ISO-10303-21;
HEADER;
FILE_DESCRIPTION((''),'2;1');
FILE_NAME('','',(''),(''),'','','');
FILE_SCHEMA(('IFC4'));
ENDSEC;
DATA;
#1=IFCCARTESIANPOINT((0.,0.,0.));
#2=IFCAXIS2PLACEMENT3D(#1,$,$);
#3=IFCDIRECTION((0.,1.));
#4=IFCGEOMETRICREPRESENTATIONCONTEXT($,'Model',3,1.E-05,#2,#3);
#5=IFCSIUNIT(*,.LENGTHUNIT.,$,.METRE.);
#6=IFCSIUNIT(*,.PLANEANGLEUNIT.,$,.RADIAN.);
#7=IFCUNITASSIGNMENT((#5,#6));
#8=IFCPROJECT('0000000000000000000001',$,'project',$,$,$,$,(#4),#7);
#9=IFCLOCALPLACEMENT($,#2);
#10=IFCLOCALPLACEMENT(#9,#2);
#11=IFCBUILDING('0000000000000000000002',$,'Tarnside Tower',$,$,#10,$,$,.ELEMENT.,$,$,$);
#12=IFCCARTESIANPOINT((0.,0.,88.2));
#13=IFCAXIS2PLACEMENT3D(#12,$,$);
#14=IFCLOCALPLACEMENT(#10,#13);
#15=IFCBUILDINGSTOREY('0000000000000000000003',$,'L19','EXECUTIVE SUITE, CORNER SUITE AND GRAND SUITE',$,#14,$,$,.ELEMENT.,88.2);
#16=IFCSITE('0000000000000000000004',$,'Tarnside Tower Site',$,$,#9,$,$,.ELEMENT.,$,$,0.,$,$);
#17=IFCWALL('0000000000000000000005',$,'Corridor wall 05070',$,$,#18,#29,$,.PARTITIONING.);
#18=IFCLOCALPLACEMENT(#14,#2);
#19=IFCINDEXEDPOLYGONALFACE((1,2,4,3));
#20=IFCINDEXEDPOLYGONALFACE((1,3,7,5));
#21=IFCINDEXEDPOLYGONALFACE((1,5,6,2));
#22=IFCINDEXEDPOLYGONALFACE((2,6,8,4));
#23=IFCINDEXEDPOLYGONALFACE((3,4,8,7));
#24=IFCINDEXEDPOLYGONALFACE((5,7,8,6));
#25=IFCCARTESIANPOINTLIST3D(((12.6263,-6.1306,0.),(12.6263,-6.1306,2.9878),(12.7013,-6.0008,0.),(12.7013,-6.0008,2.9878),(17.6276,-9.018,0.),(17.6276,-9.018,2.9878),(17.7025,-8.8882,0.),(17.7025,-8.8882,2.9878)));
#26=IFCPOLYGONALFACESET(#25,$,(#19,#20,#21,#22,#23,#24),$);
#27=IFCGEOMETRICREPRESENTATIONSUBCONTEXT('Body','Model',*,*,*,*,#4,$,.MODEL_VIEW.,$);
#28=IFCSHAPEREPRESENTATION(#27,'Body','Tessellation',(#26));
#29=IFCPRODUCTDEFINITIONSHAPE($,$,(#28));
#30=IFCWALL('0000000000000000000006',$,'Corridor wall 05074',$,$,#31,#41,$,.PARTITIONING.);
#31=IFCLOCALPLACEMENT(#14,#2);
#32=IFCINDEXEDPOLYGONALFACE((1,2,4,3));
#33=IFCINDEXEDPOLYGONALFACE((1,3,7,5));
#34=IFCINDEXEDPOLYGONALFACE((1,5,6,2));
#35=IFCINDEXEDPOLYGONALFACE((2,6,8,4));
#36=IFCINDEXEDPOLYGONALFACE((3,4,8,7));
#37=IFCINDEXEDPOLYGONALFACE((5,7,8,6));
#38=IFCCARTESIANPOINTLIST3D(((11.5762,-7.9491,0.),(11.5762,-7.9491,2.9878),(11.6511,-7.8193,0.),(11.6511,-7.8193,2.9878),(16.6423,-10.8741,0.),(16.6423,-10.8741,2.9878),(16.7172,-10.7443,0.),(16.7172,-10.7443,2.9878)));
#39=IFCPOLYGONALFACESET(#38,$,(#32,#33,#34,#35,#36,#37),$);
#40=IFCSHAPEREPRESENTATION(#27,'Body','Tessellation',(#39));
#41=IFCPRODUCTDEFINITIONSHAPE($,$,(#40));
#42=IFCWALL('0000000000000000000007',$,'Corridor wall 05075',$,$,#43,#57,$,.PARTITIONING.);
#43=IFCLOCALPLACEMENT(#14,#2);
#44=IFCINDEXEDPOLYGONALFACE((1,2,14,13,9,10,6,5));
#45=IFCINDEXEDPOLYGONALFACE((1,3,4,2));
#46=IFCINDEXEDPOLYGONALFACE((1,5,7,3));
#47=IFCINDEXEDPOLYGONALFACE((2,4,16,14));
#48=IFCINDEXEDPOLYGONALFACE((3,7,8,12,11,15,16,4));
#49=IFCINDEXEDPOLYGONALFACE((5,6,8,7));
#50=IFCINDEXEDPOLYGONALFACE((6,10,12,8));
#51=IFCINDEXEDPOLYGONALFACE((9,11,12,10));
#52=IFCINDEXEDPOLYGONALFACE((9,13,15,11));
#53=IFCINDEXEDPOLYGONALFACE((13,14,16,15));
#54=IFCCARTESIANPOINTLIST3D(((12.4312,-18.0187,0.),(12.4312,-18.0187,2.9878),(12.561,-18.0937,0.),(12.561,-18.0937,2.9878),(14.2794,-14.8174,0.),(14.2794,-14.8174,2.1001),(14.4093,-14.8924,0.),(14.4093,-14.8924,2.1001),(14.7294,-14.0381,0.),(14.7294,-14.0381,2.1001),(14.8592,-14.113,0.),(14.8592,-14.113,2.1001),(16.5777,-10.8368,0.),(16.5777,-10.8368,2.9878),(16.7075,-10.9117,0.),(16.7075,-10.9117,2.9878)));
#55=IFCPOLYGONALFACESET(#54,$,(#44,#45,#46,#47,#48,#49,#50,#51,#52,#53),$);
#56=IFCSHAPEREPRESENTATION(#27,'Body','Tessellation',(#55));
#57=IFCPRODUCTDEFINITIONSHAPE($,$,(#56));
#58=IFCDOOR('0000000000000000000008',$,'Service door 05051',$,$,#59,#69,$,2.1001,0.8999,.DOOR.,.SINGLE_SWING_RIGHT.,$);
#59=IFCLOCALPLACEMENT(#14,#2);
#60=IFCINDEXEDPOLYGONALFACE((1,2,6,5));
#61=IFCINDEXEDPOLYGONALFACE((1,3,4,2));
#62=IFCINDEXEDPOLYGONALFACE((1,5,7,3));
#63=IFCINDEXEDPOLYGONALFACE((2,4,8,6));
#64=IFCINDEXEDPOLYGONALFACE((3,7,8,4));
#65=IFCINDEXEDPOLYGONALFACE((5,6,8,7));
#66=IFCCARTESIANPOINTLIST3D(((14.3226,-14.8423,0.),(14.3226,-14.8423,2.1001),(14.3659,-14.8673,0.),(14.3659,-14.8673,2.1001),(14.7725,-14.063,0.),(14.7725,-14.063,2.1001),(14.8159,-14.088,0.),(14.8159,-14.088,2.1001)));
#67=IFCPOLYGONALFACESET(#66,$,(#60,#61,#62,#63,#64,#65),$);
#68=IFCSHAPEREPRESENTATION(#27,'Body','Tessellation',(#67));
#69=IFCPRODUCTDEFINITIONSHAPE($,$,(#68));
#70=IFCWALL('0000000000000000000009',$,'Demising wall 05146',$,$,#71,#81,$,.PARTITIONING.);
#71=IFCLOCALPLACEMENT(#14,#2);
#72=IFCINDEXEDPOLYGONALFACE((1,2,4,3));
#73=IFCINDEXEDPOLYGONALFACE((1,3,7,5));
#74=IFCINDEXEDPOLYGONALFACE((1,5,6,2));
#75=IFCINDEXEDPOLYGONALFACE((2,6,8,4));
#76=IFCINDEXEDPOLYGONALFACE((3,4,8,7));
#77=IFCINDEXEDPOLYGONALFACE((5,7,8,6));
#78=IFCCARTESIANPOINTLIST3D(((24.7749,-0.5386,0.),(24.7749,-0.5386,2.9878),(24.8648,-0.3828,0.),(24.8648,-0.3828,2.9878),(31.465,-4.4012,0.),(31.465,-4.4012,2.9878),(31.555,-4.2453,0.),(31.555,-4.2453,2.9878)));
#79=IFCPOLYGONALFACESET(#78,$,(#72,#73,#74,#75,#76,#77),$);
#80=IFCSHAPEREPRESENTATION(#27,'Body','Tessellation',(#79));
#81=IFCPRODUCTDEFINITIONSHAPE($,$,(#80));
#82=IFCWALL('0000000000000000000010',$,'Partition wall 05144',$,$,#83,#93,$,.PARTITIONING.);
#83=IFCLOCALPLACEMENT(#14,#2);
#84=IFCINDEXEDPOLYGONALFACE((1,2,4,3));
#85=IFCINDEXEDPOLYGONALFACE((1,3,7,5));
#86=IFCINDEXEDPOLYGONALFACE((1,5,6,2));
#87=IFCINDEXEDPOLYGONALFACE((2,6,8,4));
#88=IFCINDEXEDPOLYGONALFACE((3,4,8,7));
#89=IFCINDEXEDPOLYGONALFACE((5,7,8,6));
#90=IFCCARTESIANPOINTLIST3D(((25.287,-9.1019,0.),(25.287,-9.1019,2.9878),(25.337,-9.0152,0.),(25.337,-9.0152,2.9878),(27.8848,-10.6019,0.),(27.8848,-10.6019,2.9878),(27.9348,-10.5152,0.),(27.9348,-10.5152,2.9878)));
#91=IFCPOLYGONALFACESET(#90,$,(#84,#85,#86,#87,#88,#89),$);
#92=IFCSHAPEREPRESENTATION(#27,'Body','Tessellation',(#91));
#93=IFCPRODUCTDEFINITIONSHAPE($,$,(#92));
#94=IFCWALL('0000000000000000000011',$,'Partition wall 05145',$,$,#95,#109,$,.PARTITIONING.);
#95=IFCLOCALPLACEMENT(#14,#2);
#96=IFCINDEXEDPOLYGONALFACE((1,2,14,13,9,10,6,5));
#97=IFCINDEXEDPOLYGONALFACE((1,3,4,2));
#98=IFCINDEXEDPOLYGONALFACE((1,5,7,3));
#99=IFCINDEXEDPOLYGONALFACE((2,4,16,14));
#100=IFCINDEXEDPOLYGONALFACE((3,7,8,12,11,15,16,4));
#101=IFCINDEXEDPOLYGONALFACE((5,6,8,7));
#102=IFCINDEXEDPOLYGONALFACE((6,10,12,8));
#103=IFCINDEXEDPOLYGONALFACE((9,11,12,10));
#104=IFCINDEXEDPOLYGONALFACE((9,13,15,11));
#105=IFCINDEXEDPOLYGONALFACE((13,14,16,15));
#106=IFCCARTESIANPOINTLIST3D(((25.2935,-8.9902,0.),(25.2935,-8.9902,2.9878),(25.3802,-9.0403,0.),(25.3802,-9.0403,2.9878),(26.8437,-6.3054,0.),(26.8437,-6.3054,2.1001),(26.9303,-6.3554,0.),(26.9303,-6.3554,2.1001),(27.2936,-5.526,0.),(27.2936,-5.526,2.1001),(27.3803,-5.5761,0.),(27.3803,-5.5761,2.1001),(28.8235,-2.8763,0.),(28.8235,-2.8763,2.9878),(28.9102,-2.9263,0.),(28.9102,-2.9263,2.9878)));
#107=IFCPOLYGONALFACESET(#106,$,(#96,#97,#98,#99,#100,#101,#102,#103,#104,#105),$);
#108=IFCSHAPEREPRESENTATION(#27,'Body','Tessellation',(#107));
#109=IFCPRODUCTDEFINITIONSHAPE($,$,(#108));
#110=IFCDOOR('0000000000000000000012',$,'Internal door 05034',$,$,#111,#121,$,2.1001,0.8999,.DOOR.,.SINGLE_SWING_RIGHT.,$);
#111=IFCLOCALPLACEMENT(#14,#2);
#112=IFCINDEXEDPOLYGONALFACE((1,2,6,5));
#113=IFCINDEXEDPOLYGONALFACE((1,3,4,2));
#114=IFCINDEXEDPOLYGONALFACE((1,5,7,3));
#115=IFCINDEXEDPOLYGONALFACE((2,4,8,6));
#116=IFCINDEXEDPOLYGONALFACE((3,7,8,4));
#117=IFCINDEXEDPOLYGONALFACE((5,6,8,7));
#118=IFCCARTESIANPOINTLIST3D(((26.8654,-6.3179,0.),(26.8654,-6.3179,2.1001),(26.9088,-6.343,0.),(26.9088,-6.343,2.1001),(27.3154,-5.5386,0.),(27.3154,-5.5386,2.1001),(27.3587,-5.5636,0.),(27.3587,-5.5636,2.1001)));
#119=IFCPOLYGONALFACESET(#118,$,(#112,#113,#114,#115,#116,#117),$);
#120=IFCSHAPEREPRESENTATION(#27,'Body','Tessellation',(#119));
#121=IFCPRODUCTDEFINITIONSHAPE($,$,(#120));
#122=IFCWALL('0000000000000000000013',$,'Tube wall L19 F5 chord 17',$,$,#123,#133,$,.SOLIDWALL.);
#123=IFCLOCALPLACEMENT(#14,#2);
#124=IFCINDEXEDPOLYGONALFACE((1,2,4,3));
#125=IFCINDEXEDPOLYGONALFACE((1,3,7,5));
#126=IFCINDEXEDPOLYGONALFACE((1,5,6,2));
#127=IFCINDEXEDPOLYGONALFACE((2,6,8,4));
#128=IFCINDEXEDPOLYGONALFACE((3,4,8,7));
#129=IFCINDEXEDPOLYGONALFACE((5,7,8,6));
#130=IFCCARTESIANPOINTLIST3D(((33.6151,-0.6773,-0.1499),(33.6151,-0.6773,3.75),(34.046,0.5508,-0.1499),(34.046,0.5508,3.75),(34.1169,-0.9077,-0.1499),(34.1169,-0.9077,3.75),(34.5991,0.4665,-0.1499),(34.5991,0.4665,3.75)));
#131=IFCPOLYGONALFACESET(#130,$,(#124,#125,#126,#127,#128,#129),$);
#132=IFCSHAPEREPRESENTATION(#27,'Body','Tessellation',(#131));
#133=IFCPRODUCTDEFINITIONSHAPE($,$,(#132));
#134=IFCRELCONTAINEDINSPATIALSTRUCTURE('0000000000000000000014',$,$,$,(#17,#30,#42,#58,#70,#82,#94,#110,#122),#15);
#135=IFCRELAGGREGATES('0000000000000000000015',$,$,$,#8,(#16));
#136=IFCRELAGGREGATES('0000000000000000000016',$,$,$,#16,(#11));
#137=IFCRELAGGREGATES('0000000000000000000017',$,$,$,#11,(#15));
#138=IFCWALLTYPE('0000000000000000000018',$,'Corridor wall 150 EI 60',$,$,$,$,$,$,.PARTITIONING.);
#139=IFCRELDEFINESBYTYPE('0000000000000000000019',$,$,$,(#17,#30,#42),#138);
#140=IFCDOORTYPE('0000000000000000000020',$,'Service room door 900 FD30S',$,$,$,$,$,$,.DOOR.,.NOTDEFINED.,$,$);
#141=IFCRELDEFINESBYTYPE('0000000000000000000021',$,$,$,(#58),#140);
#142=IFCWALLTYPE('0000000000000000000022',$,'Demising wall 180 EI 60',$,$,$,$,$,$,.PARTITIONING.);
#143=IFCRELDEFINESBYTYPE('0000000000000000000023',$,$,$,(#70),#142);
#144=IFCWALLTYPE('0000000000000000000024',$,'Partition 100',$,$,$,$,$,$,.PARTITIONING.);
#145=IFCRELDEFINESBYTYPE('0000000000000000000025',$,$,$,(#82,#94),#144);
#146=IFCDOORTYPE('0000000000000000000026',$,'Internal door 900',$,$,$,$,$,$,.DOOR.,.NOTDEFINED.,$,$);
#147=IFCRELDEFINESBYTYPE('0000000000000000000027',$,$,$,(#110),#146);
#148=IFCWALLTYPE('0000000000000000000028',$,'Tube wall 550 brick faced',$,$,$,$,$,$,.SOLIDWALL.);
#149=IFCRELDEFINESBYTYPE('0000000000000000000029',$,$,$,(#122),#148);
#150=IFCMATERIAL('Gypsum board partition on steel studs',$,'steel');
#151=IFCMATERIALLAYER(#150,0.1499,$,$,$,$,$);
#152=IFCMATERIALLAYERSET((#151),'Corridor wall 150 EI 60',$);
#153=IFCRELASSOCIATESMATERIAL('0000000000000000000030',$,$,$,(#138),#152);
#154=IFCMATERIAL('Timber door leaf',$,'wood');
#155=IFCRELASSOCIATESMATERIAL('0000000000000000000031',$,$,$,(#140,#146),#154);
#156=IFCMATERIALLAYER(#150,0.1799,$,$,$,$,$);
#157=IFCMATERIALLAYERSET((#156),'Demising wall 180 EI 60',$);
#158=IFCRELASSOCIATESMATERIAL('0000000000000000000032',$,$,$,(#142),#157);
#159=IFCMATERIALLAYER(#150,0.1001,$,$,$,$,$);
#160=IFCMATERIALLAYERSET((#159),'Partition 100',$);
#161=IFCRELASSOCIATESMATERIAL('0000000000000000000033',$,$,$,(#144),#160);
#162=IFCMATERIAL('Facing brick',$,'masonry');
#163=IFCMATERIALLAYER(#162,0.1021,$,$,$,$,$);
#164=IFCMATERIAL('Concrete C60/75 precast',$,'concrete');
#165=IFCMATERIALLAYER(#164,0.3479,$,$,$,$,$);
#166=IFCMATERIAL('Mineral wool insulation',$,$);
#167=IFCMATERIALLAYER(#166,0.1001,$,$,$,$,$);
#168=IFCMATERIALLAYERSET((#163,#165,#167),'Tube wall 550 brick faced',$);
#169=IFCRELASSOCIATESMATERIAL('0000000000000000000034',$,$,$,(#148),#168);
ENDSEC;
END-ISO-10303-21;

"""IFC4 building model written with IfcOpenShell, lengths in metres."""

from ifc_helpers import new_model, si_unit, direction, frame, frame_2d, origin, place, context, subcontext, project, spatial, polyline, rectangle, outline, extrude, material, layer, layer_set, type_object, element, fill, save


model = new_model("IFC4")

# Units and contexts
model_context = context("Model", 3, precision=1e-05, world=origin(), true_north=direction((0.0, 1.0)))
body_context = subcontext(model_context, "Body", "Model", "MODEL_VIEW")
ifc_project = project(units=[si_unit("LENGTHUNIT", "METRE"), si_unit("PLANEANGLEUNIT", "RADIAN")], contexts=[model_context])

# Site, building, storey
site_placement = place(None, origin())
site = spatial("IfcSite", under=ifc_project, at=site_placement, Name="Tarnside Tower Site", CompositionType="ELEMENT", RefElevation=0.0)
building_placement = place(site_placement, origin())
building = spatial("IfcBuilding", under=site, at=building_placement, Name="Tarnside Tower", CompositionType="ELEMENT")
storey_placement = place(building_placement, frame((0.0, 0.0, 88.2)))
storey = spatial("IfcBuildingStorey", under=building, at=storey_placement, Name="L19", Description="EXECUTIVE SUITE, CORNER SUITE AND GRAND SUITE", CompositionType="ELEMENT", Elevation=88.2)

# Shared definitions
ifc_material_1 = material(Name="Gypsum board partition on steel studs", Category="steel")

# Shared definitions
ifc_material_2 = material(Name="Timber door leaf", Category="wood")

# Walls
ifc_layer_1 = layer(ifc_material_1, 0.1499)
ifc_layer_set_1 = layer_set([ifc_layer_1], Name="Corridor wall 150 EI 60")
wall_type_1 = type_object("IfcWallType", Name="Corridor wall 150 EI 60", PredefinedType="PARTITIONING", material=ifc_layer_set_1)
wall_1_placement = place(storey_placement, frame((17.665, -8.9531, 0.0), z_axis=(0.0, 0.0, 1.0), x_axis=(-0.866026, 0.499999, 0.0)))
element("IfcWall", 1, at=wall_1_placement, inside=storey, type_object=wall_type_1, Name="Corridor wall 05070", PredefinedType="PARTITIONING", context=body_context, shape_type="SweptSolid", body=[
    extrude(rectangle(XDim=5.7749, YDim=0.1499, at=frame_2d((2.8875, 0.0))), origin(), (0.0, 0.0, 1.0), 2.9878),
])
wall_2_placement = place(storey_placement, frame((11.6138, -7.8843, 0.0), z_axis=(0.0, 0.0, 1.0), x_axis=(0.866018, -0.500013, 0.0)))
element("IfcWall", 2, at=wall_2_placement, inside=storey, type_object=wall_type_1, Name="Corridor wall 05074", PredefinedType="PARTITIONING", context=body_context, shape_type="SweptSolid", body=[
    extrude(rectangle(XDim=5.8499, YDim=0.1499, at=frame_2d((2.9248, 0.0))), origin(), (0.0, 0.0, 1.0), 2.9878),
])

# Wall, opening, door
wall_3_placement = place(storey_placement, frame((16.6426, -10.8743, 0.0), z_axis=(0.0, 0.0, 1.0), x_axis=(-0.500002, -0.866024, 0.0)))
wall_3 = element("IfcWall", 3, at=wall_3_placement, inside=storey, type_object=wall_type_1, Name="Corridor wall 05075", PredefinedType="PARTITIONING", context=body_context, shape_type="SweptSolid", body=[
    extrude(rectangle(XDim=8.293, YDim=0.1499, at=frame_2d((4.1465, 0.0))), origin(), (0.0, 0.0, 1.0), 2.9878),
])
opening_1_placement = place(wall_3_placement, frame((3.6965, 0.0, 0.0)))
opening_1 = element("IfcOpeningElement", 4, at=opening_1_placement, cuts=wall_3, PredefinedType="OPENING", context=body_context, shape_type="SweptSolid", body=[
    extrude(rectangle(XDim=0.8999, YDim=2.1001, at=frame_2d((0.45, 1.05))), frame((0.0, 0.085, 0.0), z_axis=(0.0, -1.0, 0.0), x_axis=(1.0, 0.0, 0.0)), (0.0, 0.0, 1.0), 0.1699),
])
door_type_1 = type_object("IfcDoorType", Name="Service room door 900 FD30S", OperationType="NOTDEFINED", PredefinedType="DOOR", material=ifc_material_2)
door_1_placement = place(opening_1_placement, origin())
door_1 = element("IfcDoor", 5, at=door_1_placement, inside=storey, type_object=door_type_1, Name="Service door 05051", OperationType="SINGLE_SWING_RIGHT", OverallHeight=2.1001, OverallWidth=0.8999, PredefinedType="DOOR", context=body_context, shape_type="SweptSolid", body=[
    extrude(rectangle(XDim=0.8999, YDim=2.1001, at=frame_2d((0.45, 1.05))), frame((0.0, 0.0249, 0.0), z_axis=(0.0, -1.0, 0.0), x_axis=(1.0, 0.0, 0.0)), (0.0, 0.0, 1.0), 0.05),
])
fill(opening_1, door_1)

# Walls
ifc_layer_2 = layer(ifc_material_1, 0.1799)
ifc_layer_set_2 = layer_set([ifc_layer_2], Name="Demising wall 180 EI 60")
wall_type_2 = type_object("IfcWallType", Name="Demising wall 180 EI 60", PredefinedType="PARTITIONING", material=ifc_layer_set_2)
wall_4_placement = place(storey_placement, frame((31.51, -4.3232, 0.0), z_axis=(0.0, 0.0, 1.0), x_axis=(-0.866027, 0.499997, 0.0)))
element("IfcWall", 6, at=wall_4_placement, inside=storey, type_object=wall_type_2, Name="Demising wall 05146", PredefinedType="PARTITIONING", context=body_context, shape_type="SweptSolid", body=[
    extrude(rectangle(XDim=7.7251, YDim=0.1799, at=frame_2d((3.8625, 0.0))), origin(), (0.0, 0.0, 1.0), 2.9878),
])
ifc_layer_3 = layer(ifc_material_1, 0.1001)
ifc_layer_set_3 = layer_set([ifc_layer_3], Name="Partition 100")
wall_type_3 = type_object("IfcWallType", Name="Partition 100", PredefinedType="PARTITIONING", material=ifc_layer_set_3)
wall_5_placement = place(storey_placement, frame((27.9099, -10.5586, 0.0), z_axis=(0.0, 0.0, 1.0), x_axis=(-0.866011, 0.500025, 0.0)))
element("IfcWall", 7, at=wall_5_placement, inside=storey, type_object=wall_type_3, Name="Partition wall 05144", PredefinedType="PARTITIONING", context=body_context, shape_type="SweptSolid", body=[
    extrude(rectangle(XDim=2.9998, YDim=0.1001, at=frame_2d((1.5, 0.0))), origin(), (0.0, 0.0, 1.0), 2.9878),
])

# Wall, opening, door
wall_6_placement = place(storey_placement, frame((25.3369, -9.0151, 0.0), z_axis=(0.0, 0.0, 1.0), x_axis=(0.500011, 0.866019, 0.0)))
wall_6 = element("IfcWall", 8, at=wall_6_placement, inside=storey, type_object=wall_type_3, Name="Partition wall 05145", PredefinedType="PARTITIONING", context=body_context, shape_type="SweptSolid", body=[
    extrude(rectangle(XDim=7.0598, YDim=0.1001, at=frame_2d((3.5298, 0.0))), origin(), (0.0, 0.0, 1.0), 2.9878),
])
opening_2_placement = place(wall_6_placement, frame((3.1001, 0.0, 0.0)))
opening_2 = element("IfcOpeningElement", 9, at=opening_2_placement, cuts=wall_6, PredefinedType="OPENING", context=body_context, shape_type="SweptSolid", body=[
    extrude(rectangle(XDim=0.8999, YDim=2.1001, at=frame_2d((0.45, 1.05))), frame((0.0, 0.0601, 0.0), z_axis=(0.0, -1.0, 0.0), x_axis=(1.0, 0.0, 0.0)), (0.0, 0.0, 1.0), 0.1201),
])
door_type_2 = type_object("IfcDoorType", Name="Internal door 900", OperationType="NOTDEFINED", PredefinedType="DOOR", material=ifc_material_2)
door_2_placement = place(opening_2_placement, origin())
door_2 = element("IfcDoor", 10, at=door_2_placement, inside=storey, type_object=door_type_2, Name="Internal door 05034", OperationType="SINGLE_SWING_RIGHT", OverallHeight=2.1001, OverallWidth=0.8999, PredefinedType="DOOR", context=body_context, shape_type="SweptSolid", body=[
    extrude(rectangle(XDim=0.8999, YDim=2.1001, at=frame_2d((0.45, 1.05))), frame((0.0, 0.0249, 0.0), z_axis=(0.0, -1.0, 0.0), x_axis=(1.0, 0.0, 0.0)), (0.0, 0.0, 1.0), 0.05),
])
fill(opening_2, door_2)

# Wall
ifc_material_3 = material(Name="Facing brick", Category="masonry")
ifc_layer_4 = layer(ifc_material_3, 0.1021)
ifc_material_4 = material(Name="Concrete C60/75 precast", Category="concrete")
ifc_layer_5 = layer(ifc_material_4, 0.3479)
ifc_material_5 = material(Name="Mineral wool insulation")
ifc_layer_6 = layer(ifc_material_5, 0.1001)
ifc_layer_set_4 = layer_set([ifc_layer_4, ifc_layer_5, ifc_layer_6], Name="Tube wall 550 brick faced")
wall_type_4 = type_object("IfcWallType", Name="Tube wall 550 brick faced", PredefinedType="SOLIDWALL", material=ifc_layer_set_4)
wall_7_placement = place(storey_placement, frame((33.866, -0.7925, -0.1499), z_axis=(0.0, 0.0, 1.0), x_axis=(0.331115, 0.94359, 0.0)))
element("IfcWall", 11, at=wall_7_placement, inside=storey, type_object=wall_type_4, Name="Tube wall L19 F5 chord 17", PredefinedType="SOLIDWALL", context=body_context, shape_type="SweptSolid", body=[
    extrude(outline(polyline([(-0.0256, -0.2749), (1.4307, -0.2749), (1.3271, 0.2749), (0.0256, 0.2749), (-0.0256, -0.2749)])), origin(), (0.0, 0.0, 1.0), 3.8999),
])

save(model, "model.ifc")
